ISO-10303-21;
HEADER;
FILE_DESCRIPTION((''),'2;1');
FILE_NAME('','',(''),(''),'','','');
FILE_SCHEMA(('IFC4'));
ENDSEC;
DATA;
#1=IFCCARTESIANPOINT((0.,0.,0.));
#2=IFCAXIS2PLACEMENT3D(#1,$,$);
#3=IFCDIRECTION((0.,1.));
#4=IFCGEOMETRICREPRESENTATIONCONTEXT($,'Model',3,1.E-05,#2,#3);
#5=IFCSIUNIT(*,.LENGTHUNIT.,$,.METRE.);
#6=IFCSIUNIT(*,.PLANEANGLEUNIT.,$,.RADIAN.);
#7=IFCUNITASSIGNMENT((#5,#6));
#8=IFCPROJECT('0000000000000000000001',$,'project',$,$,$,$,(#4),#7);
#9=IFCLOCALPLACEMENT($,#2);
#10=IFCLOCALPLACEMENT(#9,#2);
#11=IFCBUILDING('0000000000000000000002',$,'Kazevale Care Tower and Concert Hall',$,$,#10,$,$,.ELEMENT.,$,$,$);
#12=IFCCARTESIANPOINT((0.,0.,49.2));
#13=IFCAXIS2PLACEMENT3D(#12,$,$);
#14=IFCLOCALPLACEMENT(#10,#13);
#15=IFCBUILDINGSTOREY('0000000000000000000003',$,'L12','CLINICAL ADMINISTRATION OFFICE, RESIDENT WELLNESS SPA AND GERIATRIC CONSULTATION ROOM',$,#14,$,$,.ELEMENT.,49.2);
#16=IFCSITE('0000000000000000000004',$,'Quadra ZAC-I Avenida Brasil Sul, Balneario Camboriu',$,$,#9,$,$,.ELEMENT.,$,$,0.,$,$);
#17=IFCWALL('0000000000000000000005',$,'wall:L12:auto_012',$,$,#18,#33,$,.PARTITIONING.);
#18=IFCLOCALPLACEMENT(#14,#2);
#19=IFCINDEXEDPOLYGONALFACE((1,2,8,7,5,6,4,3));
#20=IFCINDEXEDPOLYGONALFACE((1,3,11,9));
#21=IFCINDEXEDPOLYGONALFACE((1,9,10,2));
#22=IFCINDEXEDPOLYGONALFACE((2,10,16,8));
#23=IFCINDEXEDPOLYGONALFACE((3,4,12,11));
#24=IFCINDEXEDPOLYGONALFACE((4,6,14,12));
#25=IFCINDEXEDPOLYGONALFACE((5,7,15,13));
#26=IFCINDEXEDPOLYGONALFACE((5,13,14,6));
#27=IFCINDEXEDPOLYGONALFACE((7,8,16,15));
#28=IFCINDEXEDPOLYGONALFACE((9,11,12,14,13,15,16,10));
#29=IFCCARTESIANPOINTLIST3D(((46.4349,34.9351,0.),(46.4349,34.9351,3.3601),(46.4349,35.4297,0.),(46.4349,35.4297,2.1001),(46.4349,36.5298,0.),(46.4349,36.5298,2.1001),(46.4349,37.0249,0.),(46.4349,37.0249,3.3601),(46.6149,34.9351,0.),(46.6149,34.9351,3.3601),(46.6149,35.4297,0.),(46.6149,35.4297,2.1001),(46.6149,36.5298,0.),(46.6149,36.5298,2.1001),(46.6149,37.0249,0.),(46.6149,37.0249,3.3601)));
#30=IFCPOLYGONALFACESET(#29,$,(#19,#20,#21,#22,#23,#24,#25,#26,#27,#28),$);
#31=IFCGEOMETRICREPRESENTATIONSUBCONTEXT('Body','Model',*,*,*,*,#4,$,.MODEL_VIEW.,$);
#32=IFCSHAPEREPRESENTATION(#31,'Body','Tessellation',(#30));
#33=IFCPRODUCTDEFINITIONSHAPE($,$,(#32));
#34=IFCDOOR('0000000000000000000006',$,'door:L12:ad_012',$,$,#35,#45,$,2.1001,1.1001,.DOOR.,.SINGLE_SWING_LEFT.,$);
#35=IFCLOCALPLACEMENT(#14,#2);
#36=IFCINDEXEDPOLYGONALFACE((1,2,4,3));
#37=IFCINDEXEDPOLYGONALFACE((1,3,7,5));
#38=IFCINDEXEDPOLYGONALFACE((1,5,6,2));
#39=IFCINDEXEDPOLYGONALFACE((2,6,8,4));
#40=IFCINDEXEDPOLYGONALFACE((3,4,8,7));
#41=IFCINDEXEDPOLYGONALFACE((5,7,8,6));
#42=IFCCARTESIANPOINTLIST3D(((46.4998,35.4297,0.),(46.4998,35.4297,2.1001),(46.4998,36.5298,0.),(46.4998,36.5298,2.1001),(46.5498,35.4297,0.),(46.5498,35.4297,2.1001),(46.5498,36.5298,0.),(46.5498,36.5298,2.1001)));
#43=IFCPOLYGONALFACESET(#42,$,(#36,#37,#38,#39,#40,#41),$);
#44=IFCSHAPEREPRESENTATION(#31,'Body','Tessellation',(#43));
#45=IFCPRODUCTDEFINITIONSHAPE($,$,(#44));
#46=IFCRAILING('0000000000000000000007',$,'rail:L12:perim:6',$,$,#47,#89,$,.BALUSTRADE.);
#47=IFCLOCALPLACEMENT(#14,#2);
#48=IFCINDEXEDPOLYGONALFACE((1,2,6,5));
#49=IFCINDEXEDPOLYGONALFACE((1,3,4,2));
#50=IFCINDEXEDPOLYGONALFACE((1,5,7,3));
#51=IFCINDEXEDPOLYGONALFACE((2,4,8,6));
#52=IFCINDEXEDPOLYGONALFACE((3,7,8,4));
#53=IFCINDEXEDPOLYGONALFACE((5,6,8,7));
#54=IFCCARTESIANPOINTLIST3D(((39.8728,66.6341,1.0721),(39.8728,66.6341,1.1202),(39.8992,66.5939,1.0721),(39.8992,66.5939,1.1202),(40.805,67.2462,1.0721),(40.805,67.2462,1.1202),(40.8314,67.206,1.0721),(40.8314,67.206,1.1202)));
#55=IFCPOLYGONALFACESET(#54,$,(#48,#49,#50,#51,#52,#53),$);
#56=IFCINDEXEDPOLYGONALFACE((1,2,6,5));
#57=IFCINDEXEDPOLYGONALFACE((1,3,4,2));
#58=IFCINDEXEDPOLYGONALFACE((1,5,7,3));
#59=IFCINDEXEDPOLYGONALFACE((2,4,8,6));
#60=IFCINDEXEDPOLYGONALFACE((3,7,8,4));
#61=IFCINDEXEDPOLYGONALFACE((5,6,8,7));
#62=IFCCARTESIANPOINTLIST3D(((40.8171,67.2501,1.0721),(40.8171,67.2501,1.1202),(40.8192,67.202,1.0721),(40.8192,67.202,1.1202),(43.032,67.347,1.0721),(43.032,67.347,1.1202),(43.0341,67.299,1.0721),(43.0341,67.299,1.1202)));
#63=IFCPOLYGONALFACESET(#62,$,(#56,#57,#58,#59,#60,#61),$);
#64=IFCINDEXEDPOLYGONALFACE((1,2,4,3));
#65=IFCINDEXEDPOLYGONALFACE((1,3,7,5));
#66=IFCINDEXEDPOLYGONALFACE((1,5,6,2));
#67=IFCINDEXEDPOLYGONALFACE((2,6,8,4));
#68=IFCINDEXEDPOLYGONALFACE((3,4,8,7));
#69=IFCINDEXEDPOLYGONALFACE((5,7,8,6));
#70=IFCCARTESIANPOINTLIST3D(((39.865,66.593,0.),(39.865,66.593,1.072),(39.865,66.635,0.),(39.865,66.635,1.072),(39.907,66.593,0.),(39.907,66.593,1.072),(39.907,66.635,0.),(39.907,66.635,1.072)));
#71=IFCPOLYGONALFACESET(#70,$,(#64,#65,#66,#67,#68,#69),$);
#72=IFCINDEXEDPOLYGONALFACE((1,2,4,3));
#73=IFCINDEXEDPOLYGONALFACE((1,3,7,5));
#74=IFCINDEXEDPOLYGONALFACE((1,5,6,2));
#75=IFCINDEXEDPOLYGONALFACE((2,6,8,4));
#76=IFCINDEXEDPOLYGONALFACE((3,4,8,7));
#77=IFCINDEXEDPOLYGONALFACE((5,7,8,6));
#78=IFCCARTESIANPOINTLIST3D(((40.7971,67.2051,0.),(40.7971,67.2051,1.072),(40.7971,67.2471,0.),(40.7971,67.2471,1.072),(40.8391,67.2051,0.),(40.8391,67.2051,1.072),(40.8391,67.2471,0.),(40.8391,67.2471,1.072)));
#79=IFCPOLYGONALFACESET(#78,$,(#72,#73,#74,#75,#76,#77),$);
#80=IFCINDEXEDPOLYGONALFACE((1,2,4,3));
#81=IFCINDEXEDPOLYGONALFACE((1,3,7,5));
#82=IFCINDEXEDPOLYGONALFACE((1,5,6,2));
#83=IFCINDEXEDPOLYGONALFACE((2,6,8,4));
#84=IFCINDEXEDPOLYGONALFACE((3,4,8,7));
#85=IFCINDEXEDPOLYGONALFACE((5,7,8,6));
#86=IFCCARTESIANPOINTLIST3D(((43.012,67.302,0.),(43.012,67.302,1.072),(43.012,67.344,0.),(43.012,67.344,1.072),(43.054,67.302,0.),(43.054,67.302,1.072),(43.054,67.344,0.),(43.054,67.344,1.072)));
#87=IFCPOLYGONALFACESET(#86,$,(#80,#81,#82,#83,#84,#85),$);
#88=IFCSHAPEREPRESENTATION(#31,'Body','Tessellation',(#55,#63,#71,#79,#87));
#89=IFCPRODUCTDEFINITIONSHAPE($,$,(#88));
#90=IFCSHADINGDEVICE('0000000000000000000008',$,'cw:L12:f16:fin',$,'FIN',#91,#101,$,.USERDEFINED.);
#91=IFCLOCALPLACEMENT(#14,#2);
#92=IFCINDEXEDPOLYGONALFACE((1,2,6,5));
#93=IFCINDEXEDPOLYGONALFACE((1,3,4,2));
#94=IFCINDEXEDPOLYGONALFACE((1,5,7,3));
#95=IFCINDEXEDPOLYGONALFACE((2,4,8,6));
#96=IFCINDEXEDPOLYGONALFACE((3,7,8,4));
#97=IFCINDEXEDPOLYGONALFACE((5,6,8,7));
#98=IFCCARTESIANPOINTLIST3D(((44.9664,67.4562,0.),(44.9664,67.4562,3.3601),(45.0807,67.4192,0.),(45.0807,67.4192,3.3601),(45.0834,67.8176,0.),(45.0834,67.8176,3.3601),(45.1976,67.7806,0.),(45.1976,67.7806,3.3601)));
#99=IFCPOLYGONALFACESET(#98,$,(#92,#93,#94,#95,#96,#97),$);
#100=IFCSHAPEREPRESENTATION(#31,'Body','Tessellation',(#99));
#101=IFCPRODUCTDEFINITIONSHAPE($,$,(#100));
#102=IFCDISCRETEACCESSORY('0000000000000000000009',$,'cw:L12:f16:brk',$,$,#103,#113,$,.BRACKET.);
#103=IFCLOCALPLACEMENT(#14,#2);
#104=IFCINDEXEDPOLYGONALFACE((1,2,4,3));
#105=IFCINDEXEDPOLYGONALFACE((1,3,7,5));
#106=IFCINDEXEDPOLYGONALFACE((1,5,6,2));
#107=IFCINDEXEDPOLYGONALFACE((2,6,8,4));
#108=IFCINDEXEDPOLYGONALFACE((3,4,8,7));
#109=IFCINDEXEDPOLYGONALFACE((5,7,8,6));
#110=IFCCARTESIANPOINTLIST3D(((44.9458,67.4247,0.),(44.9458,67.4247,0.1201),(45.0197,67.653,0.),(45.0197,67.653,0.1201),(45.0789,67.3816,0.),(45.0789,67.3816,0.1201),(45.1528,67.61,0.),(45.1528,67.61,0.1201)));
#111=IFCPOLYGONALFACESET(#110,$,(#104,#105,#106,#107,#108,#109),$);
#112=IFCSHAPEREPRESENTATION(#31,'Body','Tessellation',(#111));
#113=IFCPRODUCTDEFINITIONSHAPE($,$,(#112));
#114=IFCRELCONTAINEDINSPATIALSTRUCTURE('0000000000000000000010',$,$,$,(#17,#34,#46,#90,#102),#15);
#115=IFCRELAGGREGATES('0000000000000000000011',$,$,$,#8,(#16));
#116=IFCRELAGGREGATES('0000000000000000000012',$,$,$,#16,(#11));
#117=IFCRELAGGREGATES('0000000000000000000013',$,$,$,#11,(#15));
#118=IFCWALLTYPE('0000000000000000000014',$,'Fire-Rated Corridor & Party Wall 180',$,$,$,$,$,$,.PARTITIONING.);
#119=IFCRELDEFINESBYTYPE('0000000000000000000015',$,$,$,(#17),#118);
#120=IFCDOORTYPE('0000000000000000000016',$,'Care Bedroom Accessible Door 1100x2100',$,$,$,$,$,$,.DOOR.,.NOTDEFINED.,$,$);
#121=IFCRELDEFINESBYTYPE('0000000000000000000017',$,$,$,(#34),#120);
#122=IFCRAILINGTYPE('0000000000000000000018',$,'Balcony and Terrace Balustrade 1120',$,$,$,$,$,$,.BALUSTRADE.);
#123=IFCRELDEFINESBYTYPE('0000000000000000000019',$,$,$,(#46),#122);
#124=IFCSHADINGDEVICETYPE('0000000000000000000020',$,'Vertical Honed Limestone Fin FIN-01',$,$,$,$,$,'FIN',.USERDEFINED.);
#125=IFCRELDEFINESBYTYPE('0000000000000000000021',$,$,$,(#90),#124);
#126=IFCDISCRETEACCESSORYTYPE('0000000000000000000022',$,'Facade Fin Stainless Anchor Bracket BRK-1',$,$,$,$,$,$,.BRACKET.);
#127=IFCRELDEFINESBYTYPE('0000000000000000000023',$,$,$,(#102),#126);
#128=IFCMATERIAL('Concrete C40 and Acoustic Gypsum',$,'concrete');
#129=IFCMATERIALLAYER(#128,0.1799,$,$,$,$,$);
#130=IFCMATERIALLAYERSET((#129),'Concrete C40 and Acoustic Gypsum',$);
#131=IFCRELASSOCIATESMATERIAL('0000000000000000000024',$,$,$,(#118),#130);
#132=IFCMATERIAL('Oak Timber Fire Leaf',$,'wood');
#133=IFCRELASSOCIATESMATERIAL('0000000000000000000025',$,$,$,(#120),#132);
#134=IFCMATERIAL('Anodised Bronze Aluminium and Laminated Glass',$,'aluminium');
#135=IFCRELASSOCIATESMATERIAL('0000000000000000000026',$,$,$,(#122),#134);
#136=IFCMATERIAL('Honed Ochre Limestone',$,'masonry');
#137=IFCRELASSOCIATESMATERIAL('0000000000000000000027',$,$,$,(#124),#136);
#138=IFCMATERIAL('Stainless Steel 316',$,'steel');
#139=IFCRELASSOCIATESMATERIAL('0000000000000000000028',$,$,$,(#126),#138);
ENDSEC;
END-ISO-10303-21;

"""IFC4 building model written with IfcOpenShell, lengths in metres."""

from ifc_helpers import new_model, si_unit, direction, frame, frame_2d, origin, origin_2d, place, context, subcontext, project, spatial, rectangle, extrude, material, layer, layer_set, type_object, element, fill, save


model = new_model("IFC4")

# Units and contexts
model_context = context("Model", 3, precision=1e-05, world=origin(), true_north=direction((0.0, 1.0)))
body_context = subcontext(model_context, "Body", "Model", "MODEL_VIEW")
ifc_project = project(units=[si_unit("LENGTHUNIT", "METRE"), si_unit("PLANEANGLEUNIT", "RADIAN")], contexts=[model_context])

# Site, building, storey
site_placement = place(None, origin())
site = spatial("IfcSite", under=ifc_project, at=site_placement, Name="Quadra ZAC-I Avenida Brasil Sul, Balneario Camboriu", CompositionType="ELEMENT", RefElevation=0.0)
building_placement = place(site_placement, origin())
building = spatial("IfcBuilding", under=site, at=building_placement, Name="Kazevale Care Tower and Concert Hall", CompositionType="ELEMENT")
storey_placement = place(building_placement, frame((0.0, 0.0, 49.2)))
storey = spatial("IfcBuildingStorey", under=building, at=storey_placement, Name="L12", Description="CLINICAL ADMINISTRATION OFFICE, RESIDENT WELLNESS SPA AND GERIATRIC CONSULTATION ROOM", CompositionType="ELEMENT", Elevation=49.2)

# Wall, opening, door
ifc_material_1 = material(Name="Concrete C40 and Acoustic Gypsum", Category="concrete")
ifc_layer_1 = layer(ifc_material_1, 0.1799)
ifc_layer_set_1 = layer_set([ifc_layer_1], Name="Concrete C40 and Acoustic Gypsum")
wall_type_1 = type_object("IfcWallType", Name="Fire-Rated Corridor & Party Wall 180", PredefinedType="PARTITIONING", material=ifc_layer_set_1)
ifc_material_2 = material(Name="Oak Timber Fire Leaf", Category="wood")
door_type = type_object("IfcDoorType", Name="Care Bedroom Accessible Door 1100x2100", OperationType="NOTDEFINED", PredefinedType="DOOR", material=ifc_material_2)
wall_1_placement = place(storey_placement, frame((46.5249, 37.0249, 0.0), z_axis=(0.0, 0.0, 1.0), x_axis=(0.0, -1.0, 0.0)))
wall_1 = element("IfcWall", 1, at=wall_1_placement, inside=storey, type_object=wall_type_1, Name="wall:L12:auto_012", PredefinedType="PARTITIONING", context=body_context, shape_type="SweptSolid", body=[
    extrude(rectangle(XDim=2.0898, YDim=0.1799, at=frame_2d((1.0449, 0.0))), origin(), (0.0, 0.0, 1.0), 3.3601),
])
opening_1_placement = place(wall_1_placement, frame((0.4951, 0.0, 0.0)))
opening_1 = element("IfcOpeningElement", 2, at=opening_1_placement, cuts=wall_1, PredefinedType="OPENING", context=body_context, shape_type="SweptSolid", body=[
    extrude(rectangle(XDim=1.1001, YDim=2.1001, at=frame_2d((0.55, 1.05))), frame((0.0, 0.0999, 0.0), z_axis=(0.0, -1.0, 0.0), x_axis=(1.0, 0.0, 0.0)), (0.0, 0.0, 1.0), 0.2),
])
door_1_placement = place(opening_1_placement, origin())
door_1 = element("IfcDoor", 3, at=door_1_placement, inside=storey, type_object=door_type, Name="door:L12:ad_012", OperationType="SINGLE_SWING_LEFT", OverallHeight=2.1001, OverallWidth=1.1001, PredefinedType="DOOR", context=body_context, shape_type="SweptSolid", body=[
    extrude(rectangle(XDim=1.1001, YDim=2.1001, at=frame_2d((0.55, 1.05))), frame((0.0, 0.0249, 0.0), z_axis=(0.0, -1.0, 0.0), x_axis=(1.0, 0.0, 0.0)), (0.0, 0.0, 1.0), 0.05),
])
fill(opening_1, door_1)

# Railing
ifc_material_3 = material(Name="Anodised Bronze Aluminium and Laminated Glass", Category="aluminium")
railing_type = type_object("IfcRailingType", Name="Balcony and Terrace Balustrade 1120", PredefinedType="BALUSTRADE", material=ifc_material_3)
railing_placement = place(storey_placement, frame((39.886, 66.614, 0.0)))
element("IfcRailing", 4, at=railing_placement, inside=storey, type_object=railing_type, Name="rail:L12:perim:6", PredefinedType="BALUSTRADE", context=body_context, shape_type="SweptSolid", body=[
    extrude(rectangle(XDim=0.0481, YDim=0.0481, at=origin_2d()), frame((0.0, 0.0, 1.0962), z_axis=(0.835904, 0.548876, 0.0), x_axis=(-0.548876, 0.835904, 0.0)), (0.0, 0.0, 1.0), 1.1152),
    extrude(rectangle(XDim=0.0481, YDim=0.0481, at=origin_2d()), frame((0.9321, 0.6121, 1.0962), z_axis=(0.999044, 0.043719, 0.0), x_axis=(-0.043719, 0.999044, 0.0)), (0.0, 0.0, 1.0), 2.217),
    extrude(rectangle(XDim=0.042, YDim=0.042, at=origin_2d()), origin(), (0.0, 0.0, 1.0), 1.072),
    extrude(rectangle(XDim=0.042, YDim=0.042, at=origin_2d()), frame((0.9321, 0.6121, 0.0)), (0.0, 0.0, 1.0), 1.072),
    extrude(rectangle(XDim=0.042, YDim=0.042, at=origin_2d()), frame((3.147, 0.709, 0.0)), (0.0, 0.0, 1.0), 1.072),
])

# Shading device
ifc_material_4 = material(Name="Honed Ochre Limestone", Category="masonry")
shading_device_type = type_object("IfcShadingDeviceType", Name="Vertical Honed Limestone Fin FIN-01", ElementType="FIN", PredefinedType="USERDEFINED", material=ifc_material_4)
shading_device_placement = place(storey_placement, frame((45.082, 67.6184, 0.0), z_axis=(0.0, 0.0, 1.0), x_axis=(0.307855, 0.951433, 0.0)))
element("IfcShadingDevice", 5, at=shading_device_placement, inside=storey, type_object=shading_device_type, Name="cw:L12:f16:fin", ObjectType="FIN", PredefinedType="USERDEFINED", context=body_context, shape_type="SweptSolid", body=[
    extrude(rectangle(XDim=0.3799, YDim=0.1201, at=origin_2d()), origin(), (0.0, 0.0, 1.0), 3.3601),
])

# Discrete accessory
ifc_material_5 = material(Name="Stainless Steel 316", Category="steel")
discrete_accessory_type = type_object("IfcDiscreteAccessoryType", Name="Facade Fin Stainless Anchor Bracket BRK-1", PredefinedType="BRACKET", material=ifc_material_5)
discrete_accessory_placement = place(storey_placement, frame((45.0493, 67.5173, 0.0), z_axis=(0.0, 0.0, 1.0), x_axis=(0.307855, 0.951433, 0.0)))
element("IfcDiscreteAccessory", 6, at=discrete_accessory_placement, inside=storey, type_object=discrete_accessory_type, Name="cw:L12:f16:brk", PredefinedType="BRACKET", context=body_context, shape_type="SweptSolid", body=[
    extrude(rectangle(XDim=0.24, YDim=0.1399, at=origin_2d()), origin(), (0.0, 0.0, 1.0), 0.1201),
])

save(model, "model.ifc")
